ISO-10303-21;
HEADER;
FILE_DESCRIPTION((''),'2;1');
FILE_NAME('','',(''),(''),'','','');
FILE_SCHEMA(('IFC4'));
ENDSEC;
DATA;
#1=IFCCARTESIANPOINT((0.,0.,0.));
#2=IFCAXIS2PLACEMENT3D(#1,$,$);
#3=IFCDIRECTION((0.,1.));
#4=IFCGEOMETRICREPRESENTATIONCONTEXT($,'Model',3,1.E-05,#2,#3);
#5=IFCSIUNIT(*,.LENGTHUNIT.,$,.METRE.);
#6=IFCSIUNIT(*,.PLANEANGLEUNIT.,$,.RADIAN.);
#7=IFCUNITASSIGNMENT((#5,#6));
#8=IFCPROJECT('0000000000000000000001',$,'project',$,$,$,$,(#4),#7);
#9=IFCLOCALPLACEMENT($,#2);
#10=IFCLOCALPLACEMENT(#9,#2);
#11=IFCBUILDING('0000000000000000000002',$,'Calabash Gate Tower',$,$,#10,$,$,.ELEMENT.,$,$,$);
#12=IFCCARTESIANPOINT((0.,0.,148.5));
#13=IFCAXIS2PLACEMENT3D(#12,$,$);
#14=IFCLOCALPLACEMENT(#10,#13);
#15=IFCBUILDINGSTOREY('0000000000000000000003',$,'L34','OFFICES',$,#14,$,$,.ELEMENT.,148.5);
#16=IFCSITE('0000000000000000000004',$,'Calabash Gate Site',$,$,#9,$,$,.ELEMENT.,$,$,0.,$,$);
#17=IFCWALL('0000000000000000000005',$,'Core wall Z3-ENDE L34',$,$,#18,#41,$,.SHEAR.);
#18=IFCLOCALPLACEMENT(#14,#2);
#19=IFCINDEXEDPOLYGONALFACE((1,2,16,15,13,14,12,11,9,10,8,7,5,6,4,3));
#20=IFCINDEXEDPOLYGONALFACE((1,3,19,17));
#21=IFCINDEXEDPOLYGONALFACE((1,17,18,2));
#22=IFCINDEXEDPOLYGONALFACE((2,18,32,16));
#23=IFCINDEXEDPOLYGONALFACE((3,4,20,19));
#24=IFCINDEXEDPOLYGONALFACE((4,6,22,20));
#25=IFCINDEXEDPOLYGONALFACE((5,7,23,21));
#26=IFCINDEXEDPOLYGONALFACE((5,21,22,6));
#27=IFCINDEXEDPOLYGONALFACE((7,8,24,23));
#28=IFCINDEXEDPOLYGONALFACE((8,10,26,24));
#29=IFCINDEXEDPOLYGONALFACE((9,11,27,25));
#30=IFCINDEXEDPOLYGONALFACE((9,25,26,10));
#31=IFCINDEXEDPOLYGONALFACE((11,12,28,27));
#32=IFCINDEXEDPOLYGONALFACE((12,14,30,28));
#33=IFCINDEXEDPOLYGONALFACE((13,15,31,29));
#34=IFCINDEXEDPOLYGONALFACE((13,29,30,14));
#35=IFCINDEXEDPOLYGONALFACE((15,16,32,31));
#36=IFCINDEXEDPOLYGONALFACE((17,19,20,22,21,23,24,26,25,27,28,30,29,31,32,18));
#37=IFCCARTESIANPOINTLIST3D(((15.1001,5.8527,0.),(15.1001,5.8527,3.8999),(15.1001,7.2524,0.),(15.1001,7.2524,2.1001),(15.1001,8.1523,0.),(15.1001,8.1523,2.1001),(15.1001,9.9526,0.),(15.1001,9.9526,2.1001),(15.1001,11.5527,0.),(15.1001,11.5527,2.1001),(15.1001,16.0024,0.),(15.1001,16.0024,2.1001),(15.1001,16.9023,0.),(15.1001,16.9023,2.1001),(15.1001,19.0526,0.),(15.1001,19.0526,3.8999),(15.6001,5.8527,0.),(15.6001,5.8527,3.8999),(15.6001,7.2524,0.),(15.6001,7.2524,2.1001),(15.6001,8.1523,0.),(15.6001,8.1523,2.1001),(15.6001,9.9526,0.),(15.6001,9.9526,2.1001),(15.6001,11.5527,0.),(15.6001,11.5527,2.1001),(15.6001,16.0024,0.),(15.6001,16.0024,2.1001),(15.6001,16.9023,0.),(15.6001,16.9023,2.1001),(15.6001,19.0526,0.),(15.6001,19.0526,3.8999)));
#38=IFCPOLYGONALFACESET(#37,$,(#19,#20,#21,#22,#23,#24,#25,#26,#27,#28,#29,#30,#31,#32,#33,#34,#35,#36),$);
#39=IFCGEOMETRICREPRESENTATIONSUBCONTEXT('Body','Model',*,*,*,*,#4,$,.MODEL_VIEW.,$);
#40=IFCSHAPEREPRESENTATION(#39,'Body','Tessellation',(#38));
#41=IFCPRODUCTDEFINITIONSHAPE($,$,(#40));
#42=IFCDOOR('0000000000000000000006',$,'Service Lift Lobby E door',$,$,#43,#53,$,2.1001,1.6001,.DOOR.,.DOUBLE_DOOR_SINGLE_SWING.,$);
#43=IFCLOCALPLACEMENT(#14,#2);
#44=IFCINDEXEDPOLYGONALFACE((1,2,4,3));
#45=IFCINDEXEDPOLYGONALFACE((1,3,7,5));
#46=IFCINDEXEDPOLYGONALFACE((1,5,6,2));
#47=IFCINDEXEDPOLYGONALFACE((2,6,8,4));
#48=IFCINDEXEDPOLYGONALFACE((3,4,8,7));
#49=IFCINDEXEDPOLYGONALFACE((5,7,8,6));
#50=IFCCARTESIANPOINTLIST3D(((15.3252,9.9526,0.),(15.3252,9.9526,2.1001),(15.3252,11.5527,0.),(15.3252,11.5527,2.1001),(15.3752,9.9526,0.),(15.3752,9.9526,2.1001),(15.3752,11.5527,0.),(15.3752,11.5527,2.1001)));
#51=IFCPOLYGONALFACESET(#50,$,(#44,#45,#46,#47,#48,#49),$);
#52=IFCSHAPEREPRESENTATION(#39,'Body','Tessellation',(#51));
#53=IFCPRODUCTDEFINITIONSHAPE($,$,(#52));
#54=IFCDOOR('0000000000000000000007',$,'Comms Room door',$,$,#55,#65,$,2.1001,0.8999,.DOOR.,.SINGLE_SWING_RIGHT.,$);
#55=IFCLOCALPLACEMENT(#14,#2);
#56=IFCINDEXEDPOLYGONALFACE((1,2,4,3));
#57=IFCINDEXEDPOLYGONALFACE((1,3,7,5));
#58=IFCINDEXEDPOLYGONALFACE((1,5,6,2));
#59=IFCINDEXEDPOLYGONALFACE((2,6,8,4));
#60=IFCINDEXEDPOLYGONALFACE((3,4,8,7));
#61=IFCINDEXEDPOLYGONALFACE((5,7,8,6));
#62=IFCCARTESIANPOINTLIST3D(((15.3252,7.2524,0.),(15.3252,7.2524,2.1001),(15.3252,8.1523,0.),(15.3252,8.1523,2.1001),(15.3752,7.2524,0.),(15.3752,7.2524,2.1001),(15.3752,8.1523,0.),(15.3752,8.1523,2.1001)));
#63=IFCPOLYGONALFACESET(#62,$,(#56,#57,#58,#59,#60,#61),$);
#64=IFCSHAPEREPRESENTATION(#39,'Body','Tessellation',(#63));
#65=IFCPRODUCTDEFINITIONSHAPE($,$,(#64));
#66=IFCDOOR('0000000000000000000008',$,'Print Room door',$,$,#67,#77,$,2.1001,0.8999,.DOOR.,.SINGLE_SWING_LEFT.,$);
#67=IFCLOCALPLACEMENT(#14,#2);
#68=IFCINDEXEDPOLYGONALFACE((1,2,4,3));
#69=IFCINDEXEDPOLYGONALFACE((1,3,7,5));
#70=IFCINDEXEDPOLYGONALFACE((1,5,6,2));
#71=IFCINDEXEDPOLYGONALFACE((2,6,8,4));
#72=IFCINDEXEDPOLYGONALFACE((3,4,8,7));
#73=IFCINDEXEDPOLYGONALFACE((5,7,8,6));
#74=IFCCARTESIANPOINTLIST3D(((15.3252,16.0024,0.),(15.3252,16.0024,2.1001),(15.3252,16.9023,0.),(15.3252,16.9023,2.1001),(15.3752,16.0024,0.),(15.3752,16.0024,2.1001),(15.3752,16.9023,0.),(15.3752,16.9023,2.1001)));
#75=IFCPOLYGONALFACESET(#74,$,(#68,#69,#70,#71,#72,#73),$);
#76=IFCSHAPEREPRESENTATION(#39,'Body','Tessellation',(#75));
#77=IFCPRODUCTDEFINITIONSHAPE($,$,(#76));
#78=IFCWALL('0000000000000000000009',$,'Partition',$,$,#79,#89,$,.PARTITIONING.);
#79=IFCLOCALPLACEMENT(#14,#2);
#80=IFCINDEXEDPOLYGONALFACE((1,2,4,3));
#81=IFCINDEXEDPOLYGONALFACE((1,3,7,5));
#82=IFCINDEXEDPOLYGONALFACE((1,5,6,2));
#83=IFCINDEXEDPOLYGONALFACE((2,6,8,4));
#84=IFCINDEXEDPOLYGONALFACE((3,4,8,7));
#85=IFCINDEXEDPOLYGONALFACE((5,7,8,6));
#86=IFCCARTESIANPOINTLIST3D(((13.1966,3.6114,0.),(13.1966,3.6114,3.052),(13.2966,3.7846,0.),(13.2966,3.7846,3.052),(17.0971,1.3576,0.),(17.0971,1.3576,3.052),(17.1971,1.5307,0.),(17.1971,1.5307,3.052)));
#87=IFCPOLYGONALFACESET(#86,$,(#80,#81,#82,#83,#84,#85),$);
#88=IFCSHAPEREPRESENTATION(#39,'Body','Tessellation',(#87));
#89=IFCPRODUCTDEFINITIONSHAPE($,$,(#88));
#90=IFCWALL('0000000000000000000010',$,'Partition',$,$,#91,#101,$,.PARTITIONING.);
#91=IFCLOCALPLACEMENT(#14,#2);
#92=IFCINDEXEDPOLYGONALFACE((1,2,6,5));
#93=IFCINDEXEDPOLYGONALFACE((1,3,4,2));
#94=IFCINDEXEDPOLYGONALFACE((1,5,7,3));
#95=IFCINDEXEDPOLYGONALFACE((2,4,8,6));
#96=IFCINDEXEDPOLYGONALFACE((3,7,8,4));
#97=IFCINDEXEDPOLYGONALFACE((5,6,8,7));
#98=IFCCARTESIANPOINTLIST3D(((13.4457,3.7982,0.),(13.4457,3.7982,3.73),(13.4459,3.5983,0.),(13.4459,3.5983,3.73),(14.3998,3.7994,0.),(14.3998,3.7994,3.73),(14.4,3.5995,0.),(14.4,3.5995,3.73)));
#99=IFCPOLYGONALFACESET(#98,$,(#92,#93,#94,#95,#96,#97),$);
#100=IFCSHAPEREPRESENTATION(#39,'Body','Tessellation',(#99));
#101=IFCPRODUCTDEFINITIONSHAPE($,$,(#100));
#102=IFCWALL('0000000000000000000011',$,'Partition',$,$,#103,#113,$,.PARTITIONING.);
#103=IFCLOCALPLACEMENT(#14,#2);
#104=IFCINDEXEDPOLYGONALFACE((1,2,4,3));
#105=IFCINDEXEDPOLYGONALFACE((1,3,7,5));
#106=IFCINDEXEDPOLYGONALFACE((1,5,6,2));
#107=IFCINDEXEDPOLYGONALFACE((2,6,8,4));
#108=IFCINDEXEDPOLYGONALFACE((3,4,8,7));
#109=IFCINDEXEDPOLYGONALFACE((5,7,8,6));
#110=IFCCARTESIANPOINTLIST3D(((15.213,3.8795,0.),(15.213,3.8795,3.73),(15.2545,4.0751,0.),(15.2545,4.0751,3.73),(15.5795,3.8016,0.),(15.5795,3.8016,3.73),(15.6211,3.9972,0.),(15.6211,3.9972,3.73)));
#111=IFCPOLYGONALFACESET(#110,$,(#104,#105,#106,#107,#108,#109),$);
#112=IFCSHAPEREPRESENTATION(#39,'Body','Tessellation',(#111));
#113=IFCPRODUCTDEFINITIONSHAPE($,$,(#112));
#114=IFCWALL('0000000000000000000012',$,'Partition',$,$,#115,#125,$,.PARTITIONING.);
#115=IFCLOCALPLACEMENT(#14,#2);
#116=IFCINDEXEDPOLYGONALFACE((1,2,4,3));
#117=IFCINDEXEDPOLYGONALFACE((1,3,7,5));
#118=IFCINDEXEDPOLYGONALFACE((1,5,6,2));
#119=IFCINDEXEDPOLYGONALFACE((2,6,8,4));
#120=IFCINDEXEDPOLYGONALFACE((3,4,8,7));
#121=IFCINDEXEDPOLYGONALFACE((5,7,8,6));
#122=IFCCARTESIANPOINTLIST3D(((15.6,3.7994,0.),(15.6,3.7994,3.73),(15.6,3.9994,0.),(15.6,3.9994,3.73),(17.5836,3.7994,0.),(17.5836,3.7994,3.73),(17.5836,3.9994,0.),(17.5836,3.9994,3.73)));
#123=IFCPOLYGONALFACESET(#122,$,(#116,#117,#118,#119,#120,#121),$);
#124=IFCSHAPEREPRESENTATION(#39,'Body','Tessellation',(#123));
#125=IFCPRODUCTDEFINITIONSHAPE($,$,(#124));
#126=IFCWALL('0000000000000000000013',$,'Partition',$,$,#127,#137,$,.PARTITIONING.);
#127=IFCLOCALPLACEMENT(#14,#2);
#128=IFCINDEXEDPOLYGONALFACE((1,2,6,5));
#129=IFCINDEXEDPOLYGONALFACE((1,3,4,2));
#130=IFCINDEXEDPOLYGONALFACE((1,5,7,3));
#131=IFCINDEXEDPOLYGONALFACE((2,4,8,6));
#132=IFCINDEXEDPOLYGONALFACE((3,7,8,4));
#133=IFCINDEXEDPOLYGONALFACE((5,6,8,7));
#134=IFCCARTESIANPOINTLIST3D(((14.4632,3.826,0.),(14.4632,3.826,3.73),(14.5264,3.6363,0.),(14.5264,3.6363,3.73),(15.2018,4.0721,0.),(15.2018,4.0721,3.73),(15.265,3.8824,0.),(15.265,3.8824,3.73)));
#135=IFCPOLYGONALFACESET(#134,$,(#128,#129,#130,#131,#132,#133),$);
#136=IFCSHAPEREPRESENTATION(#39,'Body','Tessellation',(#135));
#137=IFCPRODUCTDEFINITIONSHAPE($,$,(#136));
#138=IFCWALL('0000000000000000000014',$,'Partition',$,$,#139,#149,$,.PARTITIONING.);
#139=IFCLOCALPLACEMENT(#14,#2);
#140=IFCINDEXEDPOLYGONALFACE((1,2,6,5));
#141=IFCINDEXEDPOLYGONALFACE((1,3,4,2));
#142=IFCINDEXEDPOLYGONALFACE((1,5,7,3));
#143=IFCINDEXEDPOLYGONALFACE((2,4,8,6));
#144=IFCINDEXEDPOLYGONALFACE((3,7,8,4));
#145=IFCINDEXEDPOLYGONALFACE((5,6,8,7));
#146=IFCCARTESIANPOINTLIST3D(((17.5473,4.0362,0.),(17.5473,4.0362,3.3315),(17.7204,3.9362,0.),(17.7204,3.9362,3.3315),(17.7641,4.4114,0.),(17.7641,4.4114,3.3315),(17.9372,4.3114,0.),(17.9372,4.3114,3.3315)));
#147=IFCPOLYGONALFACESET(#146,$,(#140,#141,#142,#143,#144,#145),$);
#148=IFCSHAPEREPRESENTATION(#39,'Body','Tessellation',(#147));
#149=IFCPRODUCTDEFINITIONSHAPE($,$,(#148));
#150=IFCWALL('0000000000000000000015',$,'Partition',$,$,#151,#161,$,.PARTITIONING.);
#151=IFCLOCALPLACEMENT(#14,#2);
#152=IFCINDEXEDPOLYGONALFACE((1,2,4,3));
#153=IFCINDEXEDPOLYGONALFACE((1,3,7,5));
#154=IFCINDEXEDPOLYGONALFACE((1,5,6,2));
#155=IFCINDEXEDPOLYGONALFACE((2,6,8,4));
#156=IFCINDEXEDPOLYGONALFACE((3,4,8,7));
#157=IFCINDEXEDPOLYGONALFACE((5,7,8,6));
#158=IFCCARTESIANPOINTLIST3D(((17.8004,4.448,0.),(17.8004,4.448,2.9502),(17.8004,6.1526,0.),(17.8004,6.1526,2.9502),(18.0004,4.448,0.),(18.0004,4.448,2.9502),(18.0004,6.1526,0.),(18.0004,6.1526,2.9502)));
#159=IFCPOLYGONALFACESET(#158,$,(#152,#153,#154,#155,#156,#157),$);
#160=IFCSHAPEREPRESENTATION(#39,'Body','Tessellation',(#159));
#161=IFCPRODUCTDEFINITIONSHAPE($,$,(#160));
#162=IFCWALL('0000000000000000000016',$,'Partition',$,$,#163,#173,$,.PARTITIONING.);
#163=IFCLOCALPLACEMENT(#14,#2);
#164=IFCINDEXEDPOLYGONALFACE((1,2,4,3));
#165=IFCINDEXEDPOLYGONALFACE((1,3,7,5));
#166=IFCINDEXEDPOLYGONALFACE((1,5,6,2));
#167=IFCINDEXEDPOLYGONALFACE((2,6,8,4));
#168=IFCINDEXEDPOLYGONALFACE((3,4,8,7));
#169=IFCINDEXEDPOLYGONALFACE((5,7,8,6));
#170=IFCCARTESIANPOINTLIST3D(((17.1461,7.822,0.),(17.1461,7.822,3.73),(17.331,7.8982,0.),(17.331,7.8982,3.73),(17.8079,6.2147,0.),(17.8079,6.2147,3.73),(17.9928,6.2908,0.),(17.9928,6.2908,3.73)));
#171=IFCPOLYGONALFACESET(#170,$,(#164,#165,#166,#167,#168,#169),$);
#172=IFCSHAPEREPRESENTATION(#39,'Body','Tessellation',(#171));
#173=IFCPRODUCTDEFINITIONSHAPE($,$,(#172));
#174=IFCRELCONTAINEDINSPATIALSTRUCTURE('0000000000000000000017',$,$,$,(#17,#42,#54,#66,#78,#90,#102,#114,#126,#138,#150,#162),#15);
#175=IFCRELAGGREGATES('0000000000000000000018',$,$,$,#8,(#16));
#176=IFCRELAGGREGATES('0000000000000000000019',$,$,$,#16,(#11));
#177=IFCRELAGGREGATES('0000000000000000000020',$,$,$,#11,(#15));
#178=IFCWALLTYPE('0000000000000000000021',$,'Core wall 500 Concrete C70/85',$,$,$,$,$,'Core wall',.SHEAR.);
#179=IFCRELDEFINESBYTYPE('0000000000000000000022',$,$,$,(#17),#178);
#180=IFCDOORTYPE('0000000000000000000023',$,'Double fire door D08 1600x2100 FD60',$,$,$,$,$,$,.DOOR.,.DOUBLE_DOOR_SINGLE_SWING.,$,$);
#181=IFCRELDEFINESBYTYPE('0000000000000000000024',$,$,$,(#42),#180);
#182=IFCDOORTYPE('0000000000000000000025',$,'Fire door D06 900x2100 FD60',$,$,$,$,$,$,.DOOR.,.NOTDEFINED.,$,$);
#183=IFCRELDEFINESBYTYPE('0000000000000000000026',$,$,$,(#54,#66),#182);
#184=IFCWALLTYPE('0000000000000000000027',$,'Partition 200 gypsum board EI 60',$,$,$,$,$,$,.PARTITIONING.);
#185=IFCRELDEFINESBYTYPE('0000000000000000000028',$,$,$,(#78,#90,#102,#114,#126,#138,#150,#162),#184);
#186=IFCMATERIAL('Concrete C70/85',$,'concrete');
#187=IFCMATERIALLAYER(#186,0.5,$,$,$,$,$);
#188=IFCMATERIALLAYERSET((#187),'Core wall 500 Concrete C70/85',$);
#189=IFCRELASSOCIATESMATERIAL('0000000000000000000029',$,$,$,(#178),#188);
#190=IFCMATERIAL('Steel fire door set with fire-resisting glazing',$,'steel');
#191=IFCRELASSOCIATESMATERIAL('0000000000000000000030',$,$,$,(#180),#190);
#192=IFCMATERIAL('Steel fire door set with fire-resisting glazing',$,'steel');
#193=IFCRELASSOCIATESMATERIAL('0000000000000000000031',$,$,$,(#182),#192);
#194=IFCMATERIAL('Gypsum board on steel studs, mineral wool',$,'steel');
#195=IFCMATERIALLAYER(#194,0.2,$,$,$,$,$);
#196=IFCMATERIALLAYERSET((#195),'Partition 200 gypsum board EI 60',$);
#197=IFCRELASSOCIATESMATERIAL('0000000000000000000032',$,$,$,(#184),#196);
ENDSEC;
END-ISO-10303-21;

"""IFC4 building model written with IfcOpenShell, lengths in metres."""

from ifc_helpers import new_model, si_unit, direction, frame, frame_2d, origin, place, context, subcontext, project, spatial, rectangle, extrude, material, layer, layer_set, type_object, element, fill, save


model = new_model("IFC4")

# Units and contexts
model_context = context("Model", 3, precision=1e-05, world=origin(), true_north=direction((0.0, 1.0)))
body_context = subcontext(model_context, "Body", "Model", "MODEL_VIEW")
ifc_project = project(units=[si_unit("LENGTHUNIT", "METRE"), si_unit("PLANEANGLEUNIT", "RADIAN")], contexts=[model_context])

# Site, building, storey
site_placement = place(None, origin())
site = spatial("IfcSite", under=ifc_project, at=site_placement, Name="Calabash Gate Site", CompositionType="ELEMENT", RefElevation=0.0)
building_placement = place(site_placement, origin())
building = spatial("IfcBuilding", under=site, at=building_placement, Name="Calabash Gate Tower", CompositionType="ELEMENT")
storey_placement = place(building_placement, frame((0.0, 0.0, 148.5)))
storey = spatial("IfcBuildingStorey", under=building, at=storey_placement, Name="L34", Description="OFFICES", CompositionType="ELEMENT", Elevation=148.5)

# Wall, openings, doors
ifc_material_1 = material(Name="Concrete C70/85", Category="concrete")
ifc_layer_1 = layer(ifc_material_1, 0.5)
ifc_layer_set_1 = layer_set([ifc_layer_1], Name="Core wall 500 Concrete C70/85")
wall_type_1 = type_object("IfcWallType", Name="Core wall 500 Concrete C70/85", ElementType="Core wall", PredefinedType="SHEAR", material=ifc_layer_set_1)
wall_1_placement = place(storey_placement, frame((15.3501, 5.8525, 0.0), z_axis=(0.0, 0.0, 1.0), x_axis=(0.0, 1.0, 0.0)))
wall_1 = element("IfcWall", 1, at=wall_1_placement, inside=storey, type_object=wall_type_1, Name="Core wall Z3-ENDE L34", PredefinedType="SHEAR", context=body_context, shape_type="SweptSolid", body=[
    extrude(rectangle(XDim=13.2, YDim=0.5, at=frame_2d((6.6001, 0.0))), origin(), (0.0, 0.0, 1.0), 3.8999),
])
opening_1_placement = place(wall_1_placement, frame((4.1001, 0.0, 0.0)))
opening_1 = element("IfcOpeningElement", 2, at=opening_1_placement, cuts=wall_1, PredefinedType="OPENING", context=body_context, shape_type="SweptSolid", body=[
    extrude(rectangle(XDim=1.6001, YDim=2.1001, at=frame_2d((0.8, 1.05))), frame((0.0, 0.26, 0.0), z_axis=(0.0, -1.0, 0.0), x_axis=(1.0, 0.0, 0.0)), (0.0, 0.0, 1.0), 0.52),
])
opening_2_placement = place(wall_1_placement, frame((1.3999, 0.0, 0.0)))
opening_2 = element("IfcOpeningElement", 3, at=opening_2_placement, cuts=wall_1, PredefinedType="OPENING", context=body_context, shape_type="SweptSolid", body=[
    extrude(rectangle(XDim=0.8999, YDim=2.1001, at=frame_2d((0.45, 1.05))), frame((0.0, 0.26, 0.0), z_axis=(0.0, -1.0, 0.0), x_axis=(1.0, 0.0, 0.0)), (0.0, 0.0, 1.0), 0.52),
])
opening_3_placement = place(wall_1_placement, frame((10.1499, 0.0, 0.0)))
opening_3 = element("IfcOpeningElement", 4, at=opening_3_placement, cuts=wall_1, PredefinedType="OPENING", context=body_context, shape_type="SweptSolid", body=[
    extrude(rectangle(XDim=0.8999, YDim=2.1001, at=frame_2d((0.45, 1.05))), frame((0.0, 0.26, 0.0), z_axis=(0.0, -1.0, 0.0), x_axis=(1.0, 0.0, 0.0)), (0.0, 0.0, 1.0), 0.52),
])
ifc_material_2 = material(Name="Steel fire door set with fire-resisting glazing", Category="steel")
door_type_1 = type_object("IfcDoorType", Name="Double fire door D08 1600x2100 FD60", OperationType="DOUBLE_DOOR_SINGLE_SWING", PredefinedType="DOOR", material=ifc_material_2)
door_1_placement = place(opening_1_placement, origin())
door_1 = element("IfcDoor", 5, at=door_1_placement, inside=storey, type_object=door_type_1, Name="Service Lift Lobby E door", OperationType="DOUBLE_DOOR_SINGLE_SWING", OverallHeight=2.1001, OverallWidth=1.6001, PredefinedType="DOOR", context=body_context, shape_type="SweptSolid", body=[
    extrude(rectangle(XDim=1.6001, YDim=2.1001, at=frame_2d((0.8, 1.05))), frame((0.0, 0.0249, 0.0), z_axis=(0.0, -1.0, 0.0), x_axis=(1.0, 0.0, 0.0)), (0.0, 0.0, 1.0), 0.05),
])
fill(opening_1, door_1)
ifc_material_3 = material(Name="Steel fire door set with fire-resisting glazing", Category="steel")
door_type_2 = type_object("IfcDoorType", Name="Fire door D06 900x2100 FD60", OperationType="NOTDEFINED", PredefinedType="DOOR", material=ifc_material_3)
door_2_placement = place(opening_2_placement, origin())
door_2 = element("IfcDoor", 6, at=door_2_placement, inside=storey, type_object=door_type_2, Name="Comms Room door", OperationType="SINGLE_SWING_RIGHT", OverallHeight=2.1001, OverallWidth=0.8999, PredefinedType="DOOR", context=body_context, shape_type="SweptSolid", body=[
    extrude(rectangle(XDim=0.8999, YDim=2.1001, at=frame_2d((0.45, 1.05))), frame((0.0, 0.0249, 0.0), z_axis=(0.0, -1.0, 0.0), x_axis=(1.0, 0.0, 0.0)), (0.0, 0.0, 1.0), 0.05),
])
fill(opening_2, door_2)
door_3_placement = place(opening_3_placement, origin())
door_3 = element("IfcDoor", 7, at=door_3_placement, inside=storey, type_object=door_type_2, Name="Print Room door", OperationType="SINGLE_SWING_LEFT", OverallHeight=2.1001, OverallWidth=0.8999, PredefinedType="DOOR", context=body_context, shape_type="SweptSolid", body=[
    extrude(rectangle(XDim=0.8999, YDim=2.1001, at=frame_2d((0.45, 1.05))), frame((0.0, 0.0249, 0.0), z_axis=(0.0, -1.0, 0.0), x_axis=(1.0, 0.0, 0.0)), (0.0, 0.0, 1.0), 0.05),
])
fill(opening_3, door_3)

# Walls
ifc_material_4 = material(Name="Gypsum board on steel studs, mineral wool", Category="steel")
ifc_layer_2 = layer(ifc_material_4, 0.2)
ifc_layer_set_2 = layer_set([ifc_layer_2], Name="Partition 200 gypsum board EI 60")
wall_type_2 = type_object("IfcWallType", Name="Partition 200 gypsum board EI 60", PredefinedType="PARTITIONING", material=ifc_layer_set_2)
wall_2_placement = place(storey_placement, frame((13.2466, 3.698, 0.0), z_axis=(0.0, 0.0, 1.0), x_axis=(0.865845, -0.500312, 0.0)))
element("IfcWall", 8, at=wall_2_placement, inside=storey, type_object=wall_type_2, Name="Partition", PredefinedType="PARTITIONING", context=body_context, shape_type="SweptSolid", body=[
    extrude(rectangle(XDim=4.5049, YDim=0.2, at=frame_2d((2.2524, 0.0))), origin(), (0.0, 0.0, 1.0), 3.052),
])
wall_3_placement = place(storey_placement, frame((13.4458, 3.6982, 0.0), z_axis=(0.0, 0.0, 1.0), x_axis=(0.999999, 0.001279, 0.0)))
element("IfcWall", 9, at=wall_3_placement, inside=storey, type_object=wall_type_2, Name="Partition", PredefinedType="PARTITIONING", context=body_context, shape_type="SweptSolid", body=[
    extrude(rectangle(XDim=0.9541, YDim=0.2, at=frame_2d((0.4771, 0.0))), origin(), (0.0, 0.0, 1.0), 3.73),
])
wall_4_placement = place(storey_placement, frame((15.2336, 3.9773, 0.0), z_axis=(0.0, 0.0, 1.0), x_axis=(0.978154, -0.207882, 0.0)))
element("IfcWall", 10, at=wall_4_placement, inside=storey, type_object=wall_type_2, Name="Partition", PredefinedType="PARTITIONING", context=body_context, shape_type="SweptSolid", body=[
    extrude(rectangle(XDim=0.3748, YDim=0.2, at=frame_2d((0.1875, 0.0))), origin(), (0.0, 0.0, 1.0), 3.73),
])
wall_5_placement = place(storey_placement, frame((15.6001, 3.8994, 0.0), z_axis=(0.0, 0.0, 1.0), x_axis=(1.0, 0.0, 0.0)))
element("IfcWall", 11, at=wall_5_placement, inside=storey, type_object=wall_type_2, Name="Partition", PredefinedType="PARTITIONING", context=body_context, shape_type="SweptSolid", body=[
    extrude(rectangle(XDim=1.9836, YDim=0.2, at=frame_2d((0.9917, 0.0))), origin(), (0.0, 0.0, 1.0), 3.73),
])
wall_6_placement = place(storey_placement, frame((14.4949, 3.7312, 0.0), z_axis=(0.0, 0.0, 1.0), x_axis=(0.948746, 0.31604, 0.0)))
element("IfcWall", 12, at=wall_6_placement, inside=storey, type_object=wall_type_2, Name="Partition", PredefinedType="PARTITIONING", context=body_context, shape_type="SweptSolid", body=[
    extrude(rectangle(XDim=0.7786, YDim=0.2, at=frame_2d((0.3892, 0.0))), origin(), (0.0, 0.0, 1.0), 3.73),
])
wall_7_placement = place(storey_placement, frame((17.6338, 3.9861, 0.0), z_axis=(0.0, 0.0, 1.0), x_axis=(0.500259, 0.865876, 0.0)))
element("IfcWall", 13, at=wall_7_placement, inside=storey, type_object=wall_type_2, Name="Partition", PredefinedType="PARTITIONING", context=body_context, shape_type="SweptSolid", body=[
    extrude(rectangle(XDim=0.4333, YDim=0.2, at=frame_2d((0.2168, 0.0))), origin(), (0.0, 0.0, 1.0), 3.3315),
])
wall_8_placement = place(storey_placement, frame((17.9004, 4.448, 0.0), z_axis=(0.0, 0.0, 1.0), x_axis=(0.0, 1.0, 0.0)))
element("IfcWall", 14, at=wall_8_placement, inside=storey, type_object=wall_type_2, Name="Partition", PredefinedType="PARTITIONING", context=body_context, shape_type="SweptSolid", body=[
    extrude(rectangle(XDim=1.7046, YDim=0.2, at=frame_2d((0.8523, 0.0))), origin(), (0.0, 0.0, 1.0), 2.9502),
])
wall_9_placement = place(storey_placement, frame((17.2385, 7.8601, 0.0), z_axis=(0.0, 0.0, 1.0), x_axis=(0.380743, -0.924681, 0.0)))
element("IfcWall", 15, at=wall_9_placement, inside=storey, type_object=wall_type_2, Name="Partition", PredefinedType="PARTITIONING", context=body_context, shape_type="SweptSolid", body=[
    extrude(rectangle(XDim=1.7383, YDim=0.2, at=frame_2d((0.8691, 0.0))), origin(), (0.0, 0.0, 1.0), 3.73),
])

save(model, "model.ifc")
